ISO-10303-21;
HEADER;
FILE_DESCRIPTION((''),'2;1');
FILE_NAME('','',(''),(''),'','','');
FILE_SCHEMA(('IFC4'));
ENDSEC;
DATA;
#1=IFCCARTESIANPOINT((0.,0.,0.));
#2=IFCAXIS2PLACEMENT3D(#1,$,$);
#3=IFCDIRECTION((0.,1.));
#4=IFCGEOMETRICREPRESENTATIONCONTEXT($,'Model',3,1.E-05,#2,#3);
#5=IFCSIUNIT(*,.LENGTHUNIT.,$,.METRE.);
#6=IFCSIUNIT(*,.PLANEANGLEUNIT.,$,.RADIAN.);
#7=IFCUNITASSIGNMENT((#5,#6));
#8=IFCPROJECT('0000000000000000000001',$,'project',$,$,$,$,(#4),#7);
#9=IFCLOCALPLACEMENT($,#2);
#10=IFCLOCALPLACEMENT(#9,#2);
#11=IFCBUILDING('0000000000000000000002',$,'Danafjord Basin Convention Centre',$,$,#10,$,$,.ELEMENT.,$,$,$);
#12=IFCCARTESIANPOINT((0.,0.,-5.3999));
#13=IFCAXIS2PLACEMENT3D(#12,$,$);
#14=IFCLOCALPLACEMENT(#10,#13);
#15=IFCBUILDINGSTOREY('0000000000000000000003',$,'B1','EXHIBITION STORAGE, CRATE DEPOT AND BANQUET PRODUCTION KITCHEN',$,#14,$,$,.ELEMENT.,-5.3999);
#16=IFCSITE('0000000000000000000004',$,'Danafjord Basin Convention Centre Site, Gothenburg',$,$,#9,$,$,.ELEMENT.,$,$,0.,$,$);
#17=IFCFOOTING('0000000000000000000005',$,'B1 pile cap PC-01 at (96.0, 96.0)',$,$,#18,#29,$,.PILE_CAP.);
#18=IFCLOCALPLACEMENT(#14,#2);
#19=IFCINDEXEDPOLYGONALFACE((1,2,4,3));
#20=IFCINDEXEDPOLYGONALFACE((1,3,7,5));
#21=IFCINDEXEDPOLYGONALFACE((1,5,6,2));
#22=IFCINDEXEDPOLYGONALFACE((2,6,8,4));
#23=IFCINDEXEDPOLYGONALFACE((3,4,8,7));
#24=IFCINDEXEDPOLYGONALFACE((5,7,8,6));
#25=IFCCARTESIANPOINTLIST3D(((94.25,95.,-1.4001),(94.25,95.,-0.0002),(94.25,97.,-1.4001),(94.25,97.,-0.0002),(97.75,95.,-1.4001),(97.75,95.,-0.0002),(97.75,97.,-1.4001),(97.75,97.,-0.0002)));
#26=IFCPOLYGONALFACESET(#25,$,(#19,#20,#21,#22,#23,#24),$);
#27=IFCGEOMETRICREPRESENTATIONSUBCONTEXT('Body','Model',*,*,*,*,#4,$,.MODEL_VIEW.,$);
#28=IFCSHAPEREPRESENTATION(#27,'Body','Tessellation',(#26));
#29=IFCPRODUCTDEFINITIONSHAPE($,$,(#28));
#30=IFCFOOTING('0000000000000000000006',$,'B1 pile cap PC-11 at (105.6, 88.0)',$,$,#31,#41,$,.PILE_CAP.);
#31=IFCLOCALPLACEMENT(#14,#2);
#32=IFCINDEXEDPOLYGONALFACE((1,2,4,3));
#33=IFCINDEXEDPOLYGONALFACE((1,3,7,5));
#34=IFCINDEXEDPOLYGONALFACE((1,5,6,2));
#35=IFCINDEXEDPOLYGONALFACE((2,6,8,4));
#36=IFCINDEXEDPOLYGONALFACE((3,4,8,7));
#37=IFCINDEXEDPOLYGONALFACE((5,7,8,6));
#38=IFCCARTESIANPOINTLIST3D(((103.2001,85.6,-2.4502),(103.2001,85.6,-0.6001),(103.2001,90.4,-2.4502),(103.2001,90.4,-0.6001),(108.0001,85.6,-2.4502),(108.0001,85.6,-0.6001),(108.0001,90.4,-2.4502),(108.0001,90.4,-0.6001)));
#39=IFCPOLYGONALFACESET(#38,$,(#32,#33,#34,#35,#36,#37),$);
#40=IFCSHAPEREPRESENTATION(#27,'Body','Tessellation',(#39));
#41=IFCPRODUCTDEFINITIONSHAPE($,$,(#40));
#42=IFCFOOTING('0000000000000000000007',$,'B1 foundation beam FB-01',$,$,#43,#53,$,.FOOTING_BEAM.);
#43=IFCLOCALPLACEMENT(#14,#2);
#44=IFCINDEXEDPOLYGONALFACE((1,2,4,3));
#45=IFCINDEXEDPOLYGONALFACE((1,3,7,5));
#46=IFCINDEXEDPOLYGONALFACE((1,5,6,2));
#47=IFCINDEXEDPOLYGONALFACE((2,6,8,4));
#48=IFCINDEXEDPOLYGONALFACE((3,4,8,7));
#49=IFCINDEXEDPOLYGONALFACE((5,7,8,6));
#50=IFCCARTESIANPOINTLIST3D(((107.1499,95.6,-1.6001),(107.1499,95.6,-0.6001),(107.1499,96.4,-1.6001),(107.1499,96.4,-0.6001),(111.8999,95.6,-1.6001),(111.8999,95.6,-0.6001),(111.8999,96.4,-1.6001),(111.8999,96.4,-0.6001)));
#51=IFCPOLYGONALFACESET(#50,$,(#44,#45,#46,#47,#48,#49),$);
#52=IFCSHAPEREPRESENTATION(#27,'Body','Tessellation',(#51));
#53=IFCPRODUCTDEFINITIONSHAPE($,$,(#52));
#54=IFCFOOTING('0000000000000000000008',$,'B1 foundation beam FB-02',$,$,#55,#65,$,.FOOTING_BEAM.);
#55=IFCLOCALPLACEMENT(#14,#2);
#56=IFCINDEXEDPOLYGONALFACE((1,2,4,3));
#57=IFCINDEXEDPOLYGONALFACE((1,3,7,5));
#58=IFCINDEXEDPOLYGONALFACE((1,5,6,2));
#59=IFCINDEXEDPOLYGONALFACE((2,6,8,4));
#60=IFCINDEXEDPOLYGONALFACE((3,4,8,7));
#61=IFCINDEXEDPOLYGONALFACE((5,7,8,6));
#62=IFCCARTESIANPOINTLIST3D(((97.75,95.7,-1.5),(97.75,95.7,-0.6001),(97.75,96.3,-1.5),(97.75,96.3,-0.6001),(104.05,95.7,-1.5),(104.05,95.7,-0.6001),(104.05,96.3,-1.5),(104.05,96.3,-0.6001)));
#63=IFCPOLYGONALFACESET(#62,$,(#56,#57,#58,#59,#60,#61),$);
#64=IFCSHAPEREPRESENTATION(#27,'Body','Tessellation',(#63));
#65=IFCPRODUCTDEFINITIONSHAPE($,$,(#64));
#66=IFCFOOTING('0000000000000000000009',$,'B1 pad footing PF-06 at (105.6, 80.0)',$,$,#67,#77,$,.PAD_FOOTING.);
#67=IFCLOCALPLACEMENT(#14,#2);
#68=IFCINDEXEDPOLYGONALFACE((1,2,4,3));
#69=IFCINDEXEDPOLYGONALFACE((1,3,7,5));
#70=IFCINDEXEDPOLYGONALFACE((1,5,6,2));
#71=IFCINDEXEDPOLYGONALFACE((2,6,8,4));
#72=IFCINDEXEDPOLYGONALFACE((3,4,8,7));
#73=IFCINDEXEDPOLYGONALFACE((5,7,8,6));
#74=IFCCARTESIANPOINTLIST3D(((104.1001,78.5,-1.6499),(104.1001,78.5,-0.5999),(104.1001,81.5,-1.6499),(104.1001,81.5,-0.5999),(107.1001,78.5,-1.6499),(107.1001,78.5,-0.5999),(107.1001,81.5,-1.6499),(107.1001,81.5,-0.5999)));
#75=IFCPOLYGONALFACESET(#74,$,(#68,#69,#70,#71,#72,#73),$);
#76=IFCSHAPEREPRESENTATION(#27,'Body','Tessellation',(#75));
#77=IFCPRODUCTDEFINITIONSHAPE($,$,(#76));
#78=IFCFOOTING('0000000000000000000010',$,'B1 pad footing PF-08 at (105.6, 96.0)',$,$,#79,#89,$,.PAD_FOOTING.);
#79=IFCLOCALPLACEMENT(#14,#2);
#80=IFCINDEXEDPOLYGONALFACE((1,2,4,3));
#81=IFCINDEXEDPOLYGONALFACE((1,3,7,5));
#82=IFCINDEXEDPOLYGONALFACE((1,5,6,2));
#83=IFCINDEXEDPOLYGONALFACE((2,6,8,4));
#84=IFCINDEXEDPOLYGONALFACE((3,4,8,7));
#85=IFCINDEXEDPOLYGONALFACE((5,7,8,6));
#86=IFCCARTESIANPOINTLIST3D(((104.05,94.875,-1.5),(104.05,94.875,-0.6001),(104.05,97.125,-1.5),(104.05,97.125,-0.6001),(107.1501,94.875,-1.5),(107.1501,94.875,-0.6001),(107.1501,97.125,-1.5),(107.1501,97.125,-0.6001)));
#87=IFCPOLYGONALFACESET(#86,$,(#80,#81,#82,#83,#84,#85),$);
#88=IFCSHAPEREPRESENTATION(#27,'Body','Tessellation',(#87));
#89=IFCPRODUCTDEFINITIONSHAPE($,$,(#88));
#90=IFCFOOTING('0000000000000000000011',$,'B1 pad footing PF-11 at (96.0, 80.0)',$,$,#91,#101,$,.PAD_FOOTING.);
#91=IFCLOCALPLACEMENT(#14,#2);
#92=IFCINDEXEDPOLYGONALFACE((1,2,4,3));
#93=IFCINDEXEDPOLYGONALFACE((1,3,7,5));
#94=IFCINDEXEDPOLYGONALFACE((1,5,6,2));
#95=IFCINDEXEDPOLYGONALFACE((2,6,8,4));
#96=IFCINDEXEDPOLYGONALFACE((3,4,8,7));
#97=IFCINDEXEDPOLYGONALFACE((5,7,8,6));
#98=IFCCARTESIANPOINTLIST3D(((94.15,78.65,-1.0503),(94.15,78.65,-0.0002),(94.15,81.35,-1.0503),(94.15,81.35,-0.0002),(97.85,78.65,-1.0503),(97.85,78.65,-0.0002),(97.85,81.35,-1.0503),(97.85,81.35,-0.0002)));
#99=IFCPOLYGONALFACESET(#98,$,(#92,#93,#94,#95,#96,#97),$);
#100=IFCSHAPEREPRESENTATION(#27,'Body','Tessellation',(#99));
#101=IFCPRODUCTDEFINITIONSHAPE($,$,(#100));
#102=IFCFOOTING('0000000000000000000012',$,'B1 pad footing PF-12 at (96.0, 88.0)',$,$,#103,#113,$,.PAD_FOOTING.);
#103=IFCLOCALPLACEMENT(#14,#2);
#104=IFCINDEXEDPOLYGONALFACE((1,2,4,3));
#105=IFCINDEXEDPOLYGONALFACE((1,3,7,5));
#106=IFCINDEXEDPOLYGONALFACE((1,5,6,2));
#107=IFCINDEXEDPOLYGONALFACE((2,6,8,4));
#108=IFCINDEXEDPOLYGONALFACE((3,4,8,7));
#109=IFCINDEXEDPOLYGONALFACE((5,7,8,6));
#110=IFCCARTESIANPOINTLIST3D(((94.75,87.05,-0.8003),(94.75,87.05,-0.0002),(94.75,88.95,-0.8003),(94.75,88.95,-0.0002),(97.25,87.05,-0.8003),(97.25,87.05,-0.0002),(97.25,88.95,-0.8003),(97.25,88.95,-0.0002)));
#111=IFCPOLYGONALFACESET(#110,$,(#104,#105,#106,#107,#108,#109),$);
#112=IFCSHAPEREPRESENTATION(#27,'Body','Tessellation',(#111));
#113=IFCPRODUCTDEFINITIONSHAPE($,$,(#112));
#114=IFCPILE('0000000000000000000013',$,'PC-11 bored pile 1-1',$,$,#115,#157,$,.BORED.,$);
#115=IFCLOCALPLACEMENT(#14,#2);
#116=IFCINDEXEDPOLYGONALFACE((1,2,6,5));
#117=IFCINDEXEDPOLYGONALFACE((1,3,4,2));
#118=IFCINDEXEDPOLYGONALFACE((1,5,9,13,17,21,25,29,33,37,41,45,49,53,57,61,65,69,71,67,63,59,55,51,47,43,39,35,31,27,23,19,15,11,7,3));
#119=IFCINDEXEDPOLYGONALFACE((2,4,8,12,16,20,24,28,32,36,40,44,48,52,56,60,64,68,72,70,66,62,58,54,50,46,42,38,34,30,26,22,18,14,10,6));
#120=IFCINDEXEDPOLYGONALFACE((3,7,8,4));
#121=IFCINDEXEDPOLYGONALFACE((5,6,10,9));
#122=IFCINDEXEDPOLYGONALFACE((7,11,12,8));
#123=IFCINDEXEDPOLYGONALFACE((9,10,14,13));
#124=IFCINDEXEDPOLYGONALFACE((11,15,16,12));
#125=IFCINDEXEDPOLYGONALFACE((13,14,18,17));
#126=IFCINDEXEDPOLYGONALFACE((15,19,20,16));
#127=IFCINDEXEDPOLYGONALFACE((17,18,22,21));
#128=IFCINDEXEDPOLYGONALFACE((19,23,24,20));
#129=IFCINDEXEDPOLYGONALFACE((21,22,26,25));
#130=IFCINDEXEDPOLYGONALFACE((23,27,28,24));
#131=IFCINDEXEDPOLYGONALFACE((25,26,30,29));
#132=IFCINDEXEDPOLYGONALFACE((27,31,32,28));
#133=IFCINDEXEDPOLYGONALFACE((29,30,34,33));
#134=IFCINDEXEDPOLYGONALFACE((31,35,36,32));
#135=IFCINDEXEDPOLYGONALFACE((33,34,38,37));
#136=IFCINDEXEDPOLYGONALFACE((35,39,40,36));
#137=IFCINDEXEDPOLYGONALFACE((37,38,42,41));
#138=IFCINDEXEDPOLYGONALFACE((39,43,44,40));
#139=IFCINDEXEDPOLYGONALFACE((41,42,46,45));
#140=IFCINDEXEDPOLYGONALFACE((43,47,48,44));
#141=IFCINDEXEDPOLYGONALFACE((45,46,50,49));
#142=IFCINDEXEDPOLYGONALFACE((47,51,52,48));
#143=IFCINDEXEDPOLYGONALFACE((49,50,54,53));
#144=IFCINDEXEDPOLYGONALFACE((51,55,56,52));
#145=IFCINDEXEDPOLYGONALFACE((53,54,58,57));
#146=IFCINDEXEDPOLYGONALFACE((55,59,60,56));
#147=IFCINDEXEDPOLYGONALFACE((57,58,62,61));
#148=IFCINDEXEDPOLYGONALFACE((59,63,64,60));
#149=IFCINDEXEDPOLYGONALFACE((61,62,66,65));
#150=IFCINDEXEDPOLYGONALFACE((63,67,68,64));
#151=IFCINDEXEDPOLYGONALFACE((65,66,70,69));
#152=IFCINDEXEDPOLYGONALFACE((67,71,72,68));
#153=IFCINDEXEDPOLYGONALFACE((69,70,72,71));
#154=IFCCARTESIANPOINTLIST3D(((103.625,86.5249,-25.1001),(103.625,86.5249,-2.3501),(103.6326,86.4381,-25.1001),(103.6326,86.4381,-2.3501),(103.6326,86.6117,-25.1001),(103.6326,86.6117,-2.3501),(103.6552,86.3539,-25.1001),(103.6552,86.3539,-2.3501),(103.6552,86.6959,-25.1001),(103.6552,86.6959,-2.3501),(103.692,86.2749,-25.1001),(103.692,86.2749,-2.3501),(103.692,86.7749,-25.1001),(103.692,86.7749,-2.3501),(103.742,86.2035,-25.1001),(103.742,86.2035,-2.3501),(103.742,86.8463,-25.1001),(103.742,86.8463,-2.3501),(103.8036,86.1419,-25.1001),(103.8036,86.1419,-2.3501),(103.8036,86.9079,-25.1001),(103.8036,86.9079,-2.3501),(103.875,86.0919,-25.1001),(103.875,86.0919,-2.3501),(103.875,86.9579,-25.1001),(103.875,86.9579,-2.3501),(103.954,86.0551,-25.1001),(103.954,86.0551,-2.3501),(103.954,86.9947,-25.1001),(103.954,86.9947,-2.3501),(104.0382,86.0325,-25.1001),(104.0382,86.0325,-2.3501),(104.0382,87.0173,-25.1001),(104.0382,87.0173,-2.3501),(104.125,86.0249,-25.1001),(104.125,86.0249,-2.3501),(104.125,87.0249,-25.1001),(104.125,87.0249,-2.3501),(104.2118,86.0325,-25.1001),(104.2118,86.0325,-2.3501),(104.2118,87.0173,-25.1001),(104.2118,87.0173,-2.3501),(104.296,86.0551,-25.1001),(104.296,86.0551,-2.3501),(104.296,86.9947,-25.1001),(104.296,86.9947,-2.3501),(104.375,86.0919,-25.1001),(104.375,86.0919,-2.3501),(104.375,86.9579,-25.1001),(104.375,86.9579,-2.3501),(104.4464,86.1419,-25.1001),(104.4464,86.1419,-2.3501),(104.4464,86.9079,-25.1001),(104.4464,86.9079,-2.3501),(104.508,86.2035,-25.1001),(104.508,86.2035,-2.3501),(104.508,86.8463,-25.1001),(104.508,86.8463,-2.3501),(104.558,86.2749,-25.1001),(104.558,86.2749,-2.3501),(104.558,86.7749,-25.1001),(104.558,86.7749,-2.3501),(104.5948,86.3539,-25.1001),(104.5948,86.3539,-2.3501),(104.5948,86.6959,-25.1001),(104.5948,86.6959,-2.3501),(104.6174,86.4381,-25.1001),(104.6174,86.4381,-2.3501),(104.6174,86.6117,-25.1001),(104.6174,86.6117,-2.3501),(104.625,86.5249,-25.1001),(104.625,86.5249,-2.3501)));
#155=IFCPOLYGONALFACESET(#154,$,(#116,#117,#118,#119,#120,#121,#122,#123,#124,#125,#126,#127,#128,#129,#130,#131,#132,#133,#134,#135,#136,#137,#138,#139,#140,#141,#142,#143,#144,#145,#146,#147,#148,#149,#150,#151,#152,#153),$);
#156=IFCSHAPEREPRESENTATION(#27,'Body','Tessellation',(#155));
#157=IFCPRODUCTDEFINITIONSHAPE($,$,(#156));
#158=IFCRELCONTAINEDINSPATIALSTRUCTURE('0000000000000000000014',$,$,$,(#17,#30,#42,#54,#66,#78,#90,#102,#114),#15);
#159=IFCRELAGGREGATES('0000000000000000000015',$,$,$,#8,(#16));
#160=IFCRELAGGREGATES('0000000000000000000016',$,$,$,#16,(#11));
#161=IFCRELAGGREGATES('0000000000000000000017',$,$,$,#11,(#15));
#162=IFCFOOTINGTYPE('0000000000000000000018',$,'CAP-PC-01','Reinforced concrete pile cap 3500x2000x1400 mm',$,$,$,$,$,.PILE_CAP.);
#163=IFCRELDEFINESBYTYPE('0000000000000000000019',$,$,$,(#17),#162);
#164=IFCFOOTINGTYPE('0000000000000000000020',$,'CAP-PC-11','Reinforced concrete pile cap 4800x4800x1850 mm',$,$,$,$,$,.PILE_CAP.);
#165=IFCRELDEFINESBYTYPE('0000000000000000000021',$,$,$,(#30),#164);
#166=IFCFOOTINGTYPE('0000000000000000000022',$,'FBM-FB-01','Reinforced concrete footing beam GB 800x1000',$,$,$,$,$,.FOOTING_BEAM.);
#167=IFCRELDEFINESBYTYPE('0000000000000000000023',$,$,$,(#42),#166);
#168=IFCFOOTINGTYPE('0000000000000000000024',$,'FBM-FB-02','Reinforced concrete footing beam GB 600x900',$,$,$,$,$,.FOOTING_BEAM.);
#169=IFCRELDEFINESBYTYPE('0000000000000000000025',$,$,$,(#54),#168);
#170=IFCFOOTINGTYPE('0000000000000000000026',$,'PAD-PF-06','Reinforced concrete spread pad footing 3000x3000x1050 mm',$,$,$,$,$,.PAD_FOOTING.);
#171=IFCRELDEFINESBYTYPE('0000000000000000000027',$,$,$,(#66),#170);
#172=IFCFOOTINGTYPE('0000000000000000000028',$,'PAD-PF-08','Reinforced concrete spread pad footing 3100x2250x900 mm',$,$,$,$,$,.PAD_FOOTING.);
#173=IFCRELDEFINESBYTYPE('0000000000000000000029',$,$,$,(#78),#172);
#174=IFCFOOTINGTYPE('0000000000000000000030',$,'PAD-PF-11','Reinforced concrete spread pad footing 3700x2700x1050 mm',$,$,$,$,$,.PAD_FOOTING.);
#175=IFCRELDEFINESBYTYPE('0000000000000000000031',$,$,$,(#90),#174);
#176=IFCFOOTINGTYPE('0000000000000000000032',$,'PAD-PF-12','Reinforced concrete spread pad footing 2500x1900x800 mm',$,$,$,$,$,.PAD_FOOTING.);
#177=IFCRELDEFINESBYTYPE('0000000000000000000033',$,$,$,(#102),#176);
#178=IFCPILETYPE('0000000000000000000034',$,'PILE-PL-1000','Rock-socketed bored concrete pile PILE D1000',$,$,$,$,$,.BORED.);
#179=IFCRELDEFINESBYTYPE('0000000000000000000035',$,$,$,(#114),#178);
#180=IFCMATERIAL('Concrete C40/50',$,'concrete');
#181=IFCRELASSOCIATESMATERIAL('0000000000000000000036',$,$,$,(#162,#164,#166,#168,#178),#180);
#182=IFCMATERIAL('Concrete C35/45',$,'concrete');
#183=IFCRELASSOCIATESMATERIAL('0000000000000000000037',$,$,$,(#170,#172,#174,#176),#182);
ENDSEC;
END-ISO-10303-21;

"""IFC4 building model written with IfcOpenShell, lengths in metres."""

from ifc_helpers import new_model, si_unit, direction, frame, origin, origin_2d, place, context, subcontext, project, spatial, rectangle, circle, extrude, material, material_profile, profile_set, type_object, element, save


model = new_model("IFC4")

# Units and contexts
model_context = context("Model", 3, precision=1e-05, world=origin(), true_north=direction((0.0, 1.0)))
body_context = subcontext(model_context, "Body", "Model", "MODEL_VIEW")
ifc_project = project(units=[si_unit("LENGTHUNIT", "METRE"), si_unit("PLANEANGLEUNIT", "RADIAN")], contexts=[model_context])

# Site, building, storey
site_placement = place(None, origin())
site = spatial("IfcSite", under=ifc_project, at=site_placement, Name="Danafjord Basin Convention Centre Site, Gothenburg", CompositionType="ELEMENT", RefElevation=0.0)
building_placement = place(site_placement, origin())
building = spatial("IfcBuilding", under=site, at=building_placement, Name="Danafjord Basin Convention Centre", CompositionType="ELEMENT")
storey_placement = place(building_placement, frame((0.0, 0.0, -5.3999)))
storey = spatial("IfcBuildingStorey", under=building, at=storey_placement, Name="B1", Description="EXHIBITION STORAGE, CRATE DEPOT AND BANQUET PRODUCTION KITCHEN", CompositionType="ELEMENT", Elevation=-5.3999)

# Footings
ifc_material_1 = material(Name="Concrete C40/50", Category="concrete")
footing_type_1 = type_object("IfcFootingType", Name="CAP-PC-01", Description="Reinforced concrete pile cap 3500x2000x1400 mm", PredefinedType="PILE_CAP", material=ifc_material_1)
footing_1_placement = place(storey_placement, frame((96.0, 96.0, -1.4001), z_axis=(0.0, 0.0, 1.0), x_axis=(1.0, 0.0, 0.0)))
element("IfcFooting", 1, at=footing_1_placement, inside=storey, type_object=footing_type_1, Name="B1 pile cap PC-01 at (96.0, 96.0)", PredefinedType="PILE_CAP", context=body_context, shape_type="SweptSolid", body=[
    extrude(rectangle(XDim=3.5, YDim=2.0, at=origin_2d()), origin(), (0.0, 0.0, 1.0), 1.3999),
])
footing_type_2 = type_object("IfcFootingType", Name="CAP-PC-11", Description="Reinforced concrete pile cap 4800x4800x1850 mm", PredefinedType="PILE_CAP", material=ifc_material_1)
footing_2_placement = place(storey_placement, frame((105.6001, 88.0, -2.4502), z_axis=(0.0, 0.0, 1.0), x_axis=(1.0, 0.0, 0.0)))
element("IfcFooting", 2, at=footing_2_placement, inside=storey, type_object=footing_type_2, Name="B1 pile cap PC-11 at (105.6, 88.0)", PredefinedType="PILE_CAP", context=body_context, shape_type="SweptSolid", body=[
    extrude(rectangle(XDim=4.8, YDim=4.8, at=origin_2d()), origin(), (0.0, 0.0, 1.0), 1.8501),
])
ifc_material_profile_1 = material_profile(ifc_material_1, rectangle(XDim=0.8, YDim=1.0, at=origin_2d()), Name="GB 800x1000")
ifc_profile_set_1 = profile_set([ifc_material_profile_1], Name="Concrete C40/50")
footing_type_3 = type_object("IfcFootingType", Name="FBM-FB-01", Description="Reinforced concrete footing beam GB 800x1000", PredefinedType="FOOTING_BEAM", material=ifc_profile_set_1)
footing_3_placement = place(storey_placement, frame((107.1499, 96.0, -1.1001), z_axis=(1.0, 0.0, 0.0), x_axis=(0.0, 1.0, 0.0)))
element("IfcFooting", 3, at=footing_3_placement, inside=storey, type_object=footing_type_3, Name="B1 foundation beam FB-01", PredefinedType="FOOTING_BEAM", context=body_context, shape_type="SweptSolid", body=[
    extrude(rectangle(XDim=0.8, YDim=1.0, at=origin_2d()), origin(), (0.0, 0.0, 1.0), 4.75),
])
ifc_material_profile_2 = material_profile(ifc_material_1, rectangle(XDim=0.6001, YDim=0.8999, at=origin_2d()), Name="GB 600x900")
ifc_profile_set_2 = profile_set([ifc_material_profile_2], Name="Concrete C40/50")
footing_type_4 = type_object("IfcFootingType", Name="FBM-FB-02", Description="Reinforced concrete footing beam GB 600x900", PredefinedType="FOOTING_BEAM", material=ifc_profile_set_2)
footing_4_placement = place(storey_placement, frame((97.75, 96.0, -1.05), z_axis=(1.0, 0.0, 0.0), x_axis=(0.0, 1.0, 0.0)))
element("IfcFooting", 4, at=footing_4_placement, inside=storey, type_object=footing_type_4, Name="B1 foundation beam FB-02", PredefinedType="FOOTING_BEAM", context=body_context, shape_type="SweptSolid", body=[
    extrude(rectangle(XDim=0.6001, YDim=0.8999, at=origin_2d()), origin(), (0.0, 0.0, 1.0), 6.3),
])
ifc_material_2 = material(Name="Concrete C35/45", Category="concrete")
footing_type_5 = type_object("IfcFootingType", Name="PAD-PF-06", Description="Reinforced concrete spread pad footing 3000x3000x1050 mm", PredefinedType="PAD_FOOTING", material=ifc_material_2)
footing_5_placement = place(storey_placement, frame((105.6001, 80.0, -1.6499), z_axis=(0.0, 0.0, 1.0), x_axis=(1.0, 0.0, 0.0)))
element("IfcFooting", 5, at=footing_5_placement, inside=storey, type_object=footing_type_5, Name="B1 pad footing PF-06 at (105.6, 80.0)", PredefinedType="PAD_FOOTING", context=body_context, shape_type="SweptSolid", body=[
    extrude(rectangle(XDim=3.0, YDim=3.0, at=origin_2d()), origin(), (0.0, 0.0, 1.0), 1.05),
])
footing_type_6 = type_object("IfcFootingType", Name="PAD-PF-08", Description="Reinforced concrete spread pad footing 3100x2250x900 mm", PredefinedType="PAD_FOOTING", material=ifc_material_2)
footing_6_placement = place(storey_placement, frame((105.6001, 96.0, -1.5), z_axis=(0.0, 0.0, 1.0), x_axis=(1.0, 0.0, 0.0)))
element("IfcFooting", 6, at=footing_6_placement, inside=storey, type_object=footing_type_6, Name="B1 pad footing PF-08 at (105.6, 96.0)", PredefinedType="PAD_FOOTING", context=body_context, shape_type="SweptSolid", body=[
    extrude(rectangle(XDim=3.1001, YDim=2.25, at=origin_2d()), origin(), (0.0, 0.0, 1.0), 0.8999),
])
footing_type_7 = type_object("IfcFootingType", Name="PAD-PF-11", Description="Reinforced concrete spread pad footing 3700x2700x1050 mm", PredefinedType="PAD_FOOTING", material=ifc_material_2)
footing_7_placement = place(storey_placement, frame((96.0, 80.0, -1.0503), z_axis=(0.0, 0.0, 1.0), x_axis=(1.0, 0.0, 0.0)))
element("IfcFooting", 7, at=footing_7_placement, inside=storey, type_object=footing_type_7, Name="B1 pad footing PF-11 at (96.0, 80.0)", PredefinedType="PAD_FOOTING", context=body_context, shape_type="SweptSolid", body=[
    extrude(rectangle(XDim=3.7, YDim=2.7, at=origin_2d()), origin(), (0.0, 0.0, 1.0), 1.05),
])
footing_type_8 = type_object("IfcFootingType", Name="PAD-PF-12", Description="Reinforced concrete spread pad footing 2500x1900x800 mm", PredefinedType="PAD_FOOTING", material=ifc_material_2)
footing_8_placement = place(storey_placement, frame((96.0, 88.0, -0.8003), z_axis=(0.0, 0.0, 1.0), x_axis=(1.0, 0.0, 0.0)))
element("IfcFooting", 8, at=footing_8_placement, inside=storey, type_object=footing_type_8, Name="B1 pad footing PF-12 at (96.0, 88.0)", PredefinedType="PAD_FOOTING", context=body_context, shape_type="SweptSolid", body=[
    extrude(rectangle(XDim=2.5, YDim=1.8999, at=origin_2d()), origin(), (0.0, 0.0, 1.0), 0.8),
])

# Pile
ifc_material_profile_3 = material_profile(ifc_material_1, circle(Radius=0.5, at=origin_2d()), Name="PILE D1000")
ifc_profile_set_3 = profile_set([ifc_material_profile_3], Name="Concrete C40/50")
pile_type_1 = type_object("IfcPileType", Name="PILE-PL-1000", Description="Rock-socketed bored concrete pile PILE D1000", PredefinedType="BORED", material=ifc_profile_set_3)
for number, where, z_axis, x_axis, name in (
    (9, (104.125, 86.5249, -2.3501), (0.0, 0.0, -1.0), (1.0, 0.0, 0.0), "PC-11 bored pile 1-1"),
):
    element("IfcPile", number, at=place(storey_placement, frame(where, z_axis=z_axis, x_axis=x_axis)), inside=storey, type_object=pile_type_1, Name=name, PredefinedType="BORED", context=body_context, shape_type="SweptSolid", body=[
        extrude(circle(Radius=0.5, at=origin_2d()), origin(), (0.0, 0.0, 1.0), 22.75),
    ])

save(model, "model.ifc")
